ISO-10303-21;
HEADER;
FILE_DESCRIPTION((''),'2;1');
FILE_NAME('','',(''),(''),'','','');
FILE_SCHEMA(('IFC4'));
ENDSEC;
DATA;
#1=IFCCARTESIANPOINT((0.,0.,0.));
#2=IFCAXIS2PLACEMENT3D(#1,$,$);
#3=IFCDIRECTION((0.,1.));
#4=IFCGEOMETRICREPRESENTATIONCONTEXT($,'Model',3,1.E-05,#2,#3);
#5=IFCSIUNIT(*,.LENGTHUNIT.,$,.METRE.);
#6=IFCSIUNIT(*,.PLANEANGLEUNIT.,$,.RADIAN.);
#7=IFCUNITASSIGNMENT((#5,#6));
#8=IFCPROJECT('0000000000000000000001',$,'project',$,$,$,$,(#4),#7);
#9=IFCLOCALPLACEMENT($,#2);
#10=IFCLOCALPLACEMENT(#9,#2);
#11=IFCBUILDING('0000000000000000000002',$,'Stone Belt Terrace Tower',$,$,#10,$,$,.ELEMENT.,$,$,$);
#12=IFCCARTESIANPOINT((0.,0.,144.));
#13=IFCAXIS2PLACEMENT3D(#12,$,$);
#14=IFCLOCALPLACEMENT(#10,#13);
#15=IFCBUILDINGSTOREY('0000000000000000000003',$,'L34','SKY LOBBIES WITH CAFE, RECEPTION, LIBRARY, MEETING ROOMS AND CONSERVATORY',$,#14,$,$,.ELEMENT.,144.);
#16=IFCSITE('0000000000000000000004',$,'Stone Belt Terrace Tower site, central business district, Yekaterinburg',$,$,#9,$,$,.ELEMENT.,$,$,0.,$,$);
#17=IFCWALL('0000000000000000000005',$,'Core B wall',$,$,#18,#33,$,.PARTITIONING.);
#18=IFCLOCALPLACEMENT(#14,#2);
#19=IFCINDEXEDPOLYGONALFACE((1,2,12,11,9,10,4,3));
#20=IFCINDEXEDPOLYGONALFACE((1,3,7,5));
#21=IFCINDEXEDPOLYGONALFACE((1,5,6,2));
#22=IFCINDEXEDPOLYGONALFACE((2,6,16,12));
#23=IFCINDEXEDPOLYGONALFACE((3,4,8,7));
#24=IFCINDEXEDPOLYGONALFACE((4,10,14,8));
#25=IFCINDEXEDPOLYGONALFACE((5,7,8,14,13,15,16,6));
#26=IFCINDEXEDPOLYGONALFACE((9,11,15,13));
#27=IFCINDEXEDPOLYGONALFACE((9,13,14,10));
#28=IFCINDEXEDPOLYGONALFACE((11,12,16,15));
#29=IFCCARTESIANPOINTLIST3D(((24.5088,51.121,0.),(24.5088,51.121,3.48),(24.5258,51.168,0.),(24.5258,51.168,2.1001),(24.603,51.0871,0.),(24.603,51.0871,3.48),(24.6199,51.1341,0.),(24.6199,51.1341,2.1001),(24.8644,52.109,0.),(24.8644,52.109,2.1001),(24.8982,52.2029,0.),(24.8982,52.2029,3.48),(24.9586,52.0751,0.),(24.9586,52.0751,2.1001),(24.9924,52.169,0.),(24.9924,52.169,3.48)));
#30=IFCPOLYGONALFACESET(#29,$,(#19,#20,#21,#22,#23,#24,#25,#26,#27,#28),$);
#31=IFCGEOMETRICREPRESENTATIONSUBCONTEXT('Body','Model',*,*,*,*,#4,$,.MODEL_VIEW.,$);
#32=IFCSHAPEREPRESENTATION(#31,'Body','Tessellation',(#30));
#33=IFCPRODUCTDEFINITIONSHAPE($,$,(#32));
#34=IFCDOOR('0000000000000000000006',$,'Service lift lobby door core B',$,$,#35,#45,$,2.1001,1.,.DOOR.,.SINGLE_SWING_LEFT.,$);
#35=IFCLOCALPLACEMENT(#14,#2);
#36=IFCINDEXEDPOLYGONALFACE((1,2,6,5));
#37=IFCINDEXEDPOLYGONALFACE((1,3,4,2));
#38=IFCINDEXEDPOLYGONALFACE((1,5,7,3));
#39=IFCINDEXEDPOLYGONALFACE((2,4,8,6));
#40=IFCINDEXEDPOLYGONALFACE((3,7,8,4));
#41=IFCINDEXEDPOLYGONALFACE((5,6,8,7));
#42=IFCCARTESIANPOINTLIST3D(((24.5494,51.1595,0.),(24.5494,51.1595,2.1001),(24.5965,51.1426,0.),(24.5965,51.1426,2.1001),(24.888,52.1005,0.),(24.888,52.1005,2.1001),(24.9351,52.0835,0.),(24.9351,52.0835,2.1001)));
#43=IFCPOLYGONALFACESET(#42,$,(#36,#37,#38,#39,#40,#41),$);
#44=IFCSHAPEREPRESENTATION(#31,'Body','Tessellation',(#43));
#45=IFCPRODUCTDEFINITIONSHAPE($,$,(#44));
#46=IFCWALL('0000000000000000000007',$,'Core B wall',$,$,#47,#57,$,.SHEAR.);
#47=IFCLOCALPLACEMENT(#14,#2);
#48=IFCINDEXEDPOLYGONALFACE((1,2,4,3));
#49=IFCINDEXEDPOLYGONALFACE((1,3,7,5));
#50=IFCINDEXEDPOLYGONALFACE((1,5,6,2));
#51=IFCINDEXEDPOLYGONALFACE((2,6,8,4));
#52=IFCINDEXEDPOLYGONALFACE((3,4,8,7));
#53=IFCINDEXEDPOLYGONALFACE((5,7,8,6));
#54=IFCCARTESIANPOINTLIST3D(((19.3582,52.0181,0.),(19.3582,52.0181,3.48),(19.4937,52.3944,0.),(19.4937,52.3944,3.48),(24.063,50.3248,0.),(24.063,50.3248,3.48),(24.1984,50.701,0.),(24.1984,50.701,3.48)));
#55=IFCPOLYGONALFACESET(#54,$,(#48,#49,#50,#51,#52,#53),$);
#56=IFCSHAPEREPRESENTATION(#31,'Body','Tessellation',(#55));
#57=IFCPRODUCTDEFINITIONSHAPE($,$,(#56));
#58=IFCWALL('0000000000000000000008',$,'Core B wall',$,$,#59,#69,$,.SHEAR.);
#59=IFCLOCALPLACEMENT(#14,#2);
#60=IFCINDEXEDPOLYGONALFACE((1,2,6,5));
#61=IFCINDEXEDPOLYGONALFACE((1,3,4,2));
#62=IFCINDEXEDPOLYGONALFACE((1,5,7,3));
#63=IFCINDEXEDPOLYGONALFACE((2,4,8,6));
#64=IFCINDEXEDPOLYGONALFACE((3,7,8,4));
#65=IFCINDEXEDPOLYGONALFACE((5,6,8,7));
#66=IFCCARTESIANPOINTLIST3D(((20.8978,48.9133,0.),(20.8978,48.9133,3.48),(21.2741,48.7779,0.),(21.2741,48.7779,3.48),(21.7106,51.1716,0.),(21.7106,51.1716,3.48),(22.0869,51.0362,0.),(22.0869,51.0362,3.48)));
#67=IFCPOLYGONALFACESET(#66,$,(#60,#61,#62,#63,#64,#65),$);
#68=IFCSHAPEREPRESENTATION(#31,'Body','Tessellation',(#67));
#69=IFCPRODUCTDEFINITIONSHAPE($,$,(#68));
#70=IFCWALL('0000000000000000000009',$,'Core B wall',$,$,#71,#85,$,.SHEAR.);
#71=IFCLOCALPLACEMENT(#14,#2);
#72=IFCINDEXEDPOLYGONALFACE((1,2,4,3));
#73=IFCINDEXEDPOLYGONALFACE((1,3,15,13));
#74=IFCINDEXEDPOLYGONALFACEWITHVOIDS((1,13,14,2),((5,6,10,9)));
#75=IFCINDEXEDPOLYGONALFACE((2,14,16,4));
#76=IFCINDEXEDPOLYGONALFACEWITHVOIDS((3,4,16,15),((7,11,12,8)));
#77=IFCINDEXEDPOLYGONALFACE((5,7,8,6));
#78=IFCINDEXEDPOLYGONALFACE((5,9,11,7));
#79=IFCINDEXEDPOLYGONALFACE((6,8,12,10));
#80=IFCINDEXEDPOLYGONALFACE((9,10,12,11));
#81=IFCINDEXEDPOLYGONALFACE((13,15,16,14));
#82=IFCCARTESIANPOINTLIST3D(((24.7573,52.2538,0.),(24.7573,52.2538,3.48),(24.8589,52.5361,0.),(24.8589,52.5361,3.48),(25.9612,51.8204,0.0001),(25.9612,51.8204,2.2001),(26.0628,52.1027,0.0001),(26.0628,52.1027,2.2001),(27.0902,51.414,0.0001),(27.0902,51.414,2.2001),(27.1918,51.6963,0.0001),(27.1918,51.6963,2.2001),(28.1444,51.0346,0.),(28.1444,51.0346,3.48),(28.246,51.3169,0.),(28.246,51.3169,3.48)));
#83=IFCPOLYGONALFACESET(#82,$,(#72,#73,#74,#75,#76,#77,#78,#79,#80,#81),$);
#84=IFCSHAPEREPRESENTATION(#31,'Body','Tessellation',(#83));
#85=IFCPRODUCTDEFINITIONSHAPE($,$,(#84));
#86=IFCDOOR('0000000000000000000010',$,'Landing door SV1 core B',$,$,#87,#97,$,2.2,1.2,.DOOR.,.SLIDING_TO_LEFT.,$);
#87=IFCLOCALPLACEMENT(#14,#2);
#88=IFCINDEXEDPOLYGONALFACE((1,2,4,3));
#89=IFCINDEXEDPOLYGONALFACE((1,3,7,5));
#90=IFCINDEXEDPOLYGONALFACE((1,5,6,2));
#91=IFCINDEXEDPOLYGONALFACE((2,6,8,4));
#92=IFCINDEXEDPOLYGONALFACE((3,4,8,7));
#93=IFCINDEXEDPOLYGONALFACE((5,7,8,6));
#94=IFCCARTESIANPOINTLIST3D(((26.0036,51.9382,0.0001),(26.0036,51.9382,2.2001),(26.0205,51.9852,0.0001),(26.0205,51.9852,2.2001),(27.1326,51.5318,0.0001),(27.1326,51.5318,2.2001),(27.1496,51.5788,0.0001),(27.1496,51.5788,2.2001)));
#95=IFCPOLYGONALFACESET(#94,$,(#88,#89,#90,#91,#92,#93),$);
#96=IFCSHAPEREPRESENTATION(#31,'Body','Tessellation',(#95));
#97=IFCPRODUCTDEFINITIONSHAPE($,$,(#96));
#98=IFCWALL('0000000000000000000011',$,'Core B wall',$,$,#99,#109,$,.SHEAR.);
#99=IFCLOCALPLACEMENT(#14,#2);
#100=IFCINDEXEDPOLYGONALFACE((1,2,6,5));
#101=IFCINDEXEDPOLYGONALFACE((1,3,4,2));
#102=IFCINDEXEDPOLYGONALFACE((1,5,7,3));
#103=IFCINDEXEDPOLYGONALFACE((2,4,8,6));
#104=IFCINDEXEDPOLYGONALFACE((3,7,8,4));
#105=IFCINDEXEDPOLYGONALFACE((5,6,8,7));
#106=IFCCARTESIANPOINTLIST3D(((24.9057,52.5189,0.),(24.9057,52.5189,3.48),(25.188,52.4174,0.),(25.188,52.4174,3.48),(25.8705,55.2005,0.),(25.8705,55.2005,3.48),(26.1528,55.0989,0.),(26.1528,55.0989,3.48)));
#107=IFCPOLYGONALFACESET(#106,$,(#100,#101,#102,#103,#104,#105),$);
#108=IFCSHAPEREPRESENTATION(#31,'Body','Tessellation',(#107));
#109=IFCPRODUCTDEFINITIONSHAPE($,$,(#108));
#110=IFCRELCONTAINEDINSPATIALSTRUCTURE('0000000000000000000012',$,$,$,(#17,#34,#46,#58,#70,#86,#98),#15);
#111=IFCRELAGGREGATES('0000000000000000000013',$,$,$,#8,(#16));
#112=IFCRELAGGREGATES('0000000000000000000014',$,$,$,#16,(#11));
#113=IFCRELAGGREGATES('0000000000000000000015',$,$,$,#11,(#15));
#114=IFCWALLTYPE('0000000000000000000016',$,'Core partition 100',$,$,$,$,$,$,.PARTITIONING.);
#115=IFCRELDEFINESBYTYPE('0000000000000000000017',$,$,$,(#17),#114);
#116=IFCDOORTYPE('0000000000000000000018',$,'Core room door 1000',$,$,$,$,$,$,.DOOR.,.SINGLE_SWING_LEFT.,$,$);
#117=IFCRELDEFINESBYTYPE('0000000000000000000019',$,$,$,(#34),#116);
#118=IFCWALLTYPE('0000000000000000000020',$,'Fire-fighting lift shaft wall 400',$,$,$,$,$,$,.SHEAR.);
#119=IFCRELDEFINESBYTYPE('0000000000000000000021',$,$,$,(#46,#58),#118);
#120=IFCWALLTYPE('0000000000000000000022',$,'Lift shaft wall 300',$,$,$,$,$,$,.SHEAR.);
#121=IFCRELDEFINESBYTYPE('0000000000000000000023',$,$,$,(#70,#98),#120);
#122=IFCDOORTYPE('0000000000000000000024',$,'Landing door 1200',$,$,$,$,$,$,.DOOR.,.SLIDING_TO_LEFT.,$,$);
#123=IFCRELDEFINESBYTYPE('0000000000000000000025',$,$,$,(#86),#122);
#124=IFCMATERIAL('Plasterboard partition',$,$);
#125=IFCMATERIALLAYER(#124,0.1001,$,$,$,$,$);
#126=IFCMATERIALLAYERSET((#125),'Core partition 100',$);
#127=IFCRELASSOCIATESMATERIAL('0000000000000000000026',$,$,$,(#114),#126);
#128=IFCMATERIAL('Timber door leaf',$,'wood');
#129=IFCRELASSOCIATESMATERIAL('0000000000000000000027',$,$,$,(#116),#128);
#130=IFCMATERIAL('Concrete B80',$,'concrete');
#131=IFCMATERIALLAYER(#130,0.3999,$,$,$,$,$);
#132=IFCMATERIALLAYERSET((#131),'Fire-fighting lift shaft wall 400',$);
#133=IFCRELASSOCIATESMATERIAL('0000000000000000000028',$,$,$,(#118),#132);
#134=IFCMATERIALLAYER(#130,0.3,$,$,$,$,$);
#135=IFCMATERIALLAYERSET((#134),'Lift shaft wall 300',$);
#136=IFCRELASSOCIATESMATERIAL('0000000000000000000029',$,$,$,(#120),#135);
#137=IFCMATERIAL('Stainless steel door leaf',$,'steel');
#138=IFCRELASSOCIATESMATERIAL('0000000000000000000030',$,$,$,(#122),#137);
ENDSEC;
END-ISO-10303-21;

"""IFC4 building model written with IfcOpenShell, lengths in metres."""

from ifc_helpers import new_model, si_unit, direction, frame, frame_2d, origin, place, context, subcontext, project, spatial, rectangle, extrude, material, layer, layer_set, type_object, element, fill, save


model = new_model("IFC4")

# Units and contexts
model_context = context("Model", 3, precision=1e-05, world=origin(), true_north=direction((0.0, 1.0)))
body_context = subcontext(model_context, "Body", "Model", "MODEL_VIEW")
ifc_project = project(units=[si_unit("LENGTHUNIT", "METRE"), si_unit("PLANEANGLEUNIT", "RADIAN")], contexts=[model_context])

# Site, building, storey
site_placement = place(None, origin())
site = spatial("IfcSite", under=ifc_project, at=site_placement, Name="Stone Belt Terrace Tower site, central business district, Yekaterinburg", CompositionType="ELEMENT", RefElevation=0.0)
building_placement = place(site_placement, origin())
building = spatial("IfcBuilding", under=site, at=building_placement, Name="Stone Belt Terrace Tower", CompositionType="ELEMENT")
storey_placement = place(building_placement, frame((0.0, 0.0, 144.0)))
storey = spatial("IfcBuildingStorey", under=building, at=storey_placement, Name="L34", Description="SKY LOBBIES WITH CAFE, RECEPTION, LIBRARY, MEETING ROOMS AND CONSERVATORY", CompositionType="ELEMENT", Elevation=144.0)

# Shared definitions
ifc_material_1 = material(Name="Concrete B80", Category="concrete")

# Wall, opening, door
ifc_material_2 = material(Name="Plasterboard partition")
ifc_layer_1 = layer(ifc_material_2, 0.1001)
ifc_layer_set_1 = layer_set([ifc_layer_1], Name="Core partition 100")
wall_type_1 = type_object("IfcWallType", Name="Core partition 100", PredefinedType="PARTITIONING", material=ifc_layer_set_1)
wall_1_placement = place(storey_placement, frame((24.5559, 51.104, 0.0), z_axis=(0.0, 0.0, 1.0), x_axis=(0.338622, 0.940923, 0.0)))
wall_1 = element("IfcWall", 1, at=wall_1_placement, inside=storey, type_object=wall_type_1, Name="Core B wall", PredefinedType="PARTITIONING", context=body_context, shape_type="SweptSolid", body=[
    extrude(rectangle(XDim=1.1499, YDim=0.1001, at=frame_2d((0.575, 0.0))), origin(), (0.0, 0.0, 1.0), 3.48),
])
opening_1_placement = place(wall_1_placement, frame((0.05, 0.0, 0.0)))
opening_1 = element("IfcOpeningElement", 2, at=opening_1_placement, cuts=wall_1, PredefinedType="OPENING", context=body_context, shape_type="SweptSolid", body=[
    extrude(rectangle(XDim=1.0, YDim=2.1001, at=frame_2d((0.5, 1.05))), frame((0.0, 0.0601, 0.0), z_axis=(0.0, -1.0, 0.0), x_axis=(1.0, 0.0, 0.0)), (0.0, 0.0, 1.0), 0.1201),
])
ifc_material_3 = material(Name="Timber door leaf", Category="wood")
door_type_1 = type_object("IfcDoorType", Name="Core room door 1000", OperationType="SINGLE_SWING_LEFT", PredefinedType="DOOR", material=ifc_material_3)
door_1_placement = place(opening_1_placement, origin())
door_1 = element("IfcDoor", 3, at=door_1_placement, inside=storey, type_object=door_type_1, Name="Service lift lobby door core B", OperationType="SINGLE_SWING_LEFT", OverallHeight=2.1001, OverallWidth=1.0, PredefinedType="DOOR", context=body_context, shape_type="SweptSolid", body=[
    extrude(rectangle(XDim=1.0, YDim=2.1001, at=frame_2d((0.5, 1.05))), frame((0.0, 0.0249, 0.0), z_axis=(0.0, -1.0, 0.0), x_axis=(1.0, 0.0, 0.0)), (0.0, 0.0, 1.0), 0.05),
])
fill(opening_1, door_1)

# Walls
ifc_layer_2 = layer(ifc_material_1, 0.3999)
ifc_layer_set_2 = layer_set([ifc_layer_2], Name="Fire-fighting lift shaft wall 400")
wall_type_2 = type_object("IfcWallType", Name="Fire-fighting lift shaft wall 400", PredefinedType="SHEAR", material=ifc_layer_set_2)
wall_2_placement = place(storey_placement, frame((24.1306, 50.5129, 0.0), z_axis=(0.0, 0.0, 1.0), x_axis=(-0.940912, 0.338652, 0.0)))
element("IfcWall", 4, at=wall_2_placement, inside=storey, type_object=wall_type_2, Name="Core B wall", PredefinedType="SHEAR", context=body_context, shape_type="SweptSolid", body=[
    extrude(rectangle(XDim=5.0002, YDim=0.3999, at=frame_2d((2.5, 0.0))), origin(), (0.0, 0.0, 1.0), 3.48),
])
wall_3_placement = place(storey_placement, frame((21.0859, 48.8455, 0.0), z_axis=(0.0, 0.0, 1.0), x_axis=(0.338629, 0.94092, 0.0)))
element("IfcWall", 5, at=wall_3_placement, inside=storey, type_object=wall_type_2, Name="Core B wall", PredefinedType="SHEAR", context=body_context, shape_type="SweptSolid", body=[
    extrude(rectangle(XDim=2.4001, YDim=0.3999, at=frame_2d((1.2002, 0.0))), origin(), (0.0, 0.0, 1.0), 3.48),
])

# Wall, opening, door
ifc_layer_3 = layer(ifc_material_1, 0.3)
ifc_layer_set_3 = layer_set([ifc_layer_3], Name="Lift shaft wall 300")
wall_type_3 = type_object("IfcWallType", Name="Lift shaft wall 300", PredefinedType="SHEAR", material=ifc_layer_set_3)
wall_4_placement = place(storey_placement, frame((28.1951, 51.1758, 0.0), z_axis=(0.0, 0.0, 1.0), x_axis=(-0.940901, 0.338681, 0.0)))
wall_4 = element("IfcWall", 6, at=wall_4_placement, inside=storey, type_object=wall_type_3, Name="Core B wall", PredefinedType="SHEAR", context=body_context, shape_type="SweptSolid", body=[
    extrude(rectangle(XDim=3.5999, YDim=0.3, at=frame_2d((1.7998, 0.0))), origin(), (0.0, 0.0, 1.0), 3.48),
])
opening_2_placement = place(wall_4_placement, frame((1.1201, 0.0, 0.0)))
opening_2 = element("IfcOpeningElement", 7, at=opening_2_placement, cuts=wall_4, PredefinedType="OPENING", context=body_context, shape_type="SweptSolid", body=[
    extrude(rectangle(XDim=1.2, YDim=2.2, at=frame_2d((0.6001, 1.1001))), frame((0.0, 0.1599, 0.0), z_axis=(0.0, -1.0, 0.0), x_axis=(1.0, 0.0, 0.0)), (0.0, 0.0, 1.0), 0.3201),
])
ifc_material_4 = material(Name="Stainless steel door leaf", Category="steel")
door_type_2 = type_object("IfcDoorType", Name="Landing door 1200", OperationType="SLIDING_TO_LEFT", PredefinedType="DOOR", material=ifc_material_4)
door_2_placement = place(opening_2_placement, origin())
door_2 = element("IfcDoor", 8, at=door_2_placement, inside=storey, type_object=door_type_2, Name="Landing door SV1 core B", OperationType="SLIDING_TO_LEFT", OverallHeight=2.2, OverallWidth=1.2, PredefinedType="DOOR", context=body_context, shape_type="SweptSolid", body=[
    extrude(rectangle(XDim=1.2, YDim=2.2, at=frame_2d((0.6001, 1.1001))), frame((0.0, 0.0249, 0.0), z_axis=(0.0, -1.0, 0.0), x_axis=(1.0, 0.0, 0.0)), (0.0, 0.0, 1.0), 0.05),
])
fill(opening_2, door_2)

# Wall
wall_5_placement = place(storey_placement, frame((25.0469, 52.4683, 0.0), z_axis=(0.0, 0.0, 1.0), x_axis=(0.33855, 0.940949, 0.0)))
element("IfcWall", 9, at=wall_5_placement, inside=storey, type_object=wall_type_3, Name="Core B wall", PredefinedType="SHEAR", context=body_context, shape_type="SweptSolid", body=[
    extrude(rectangle(XDim=2.8499, YDim=0.3, at=frame_2d((1.4248, 0.0))), origin(), (0.0, 0.0, 1.0), 3.48),
])

save(model, "model.ifc")
